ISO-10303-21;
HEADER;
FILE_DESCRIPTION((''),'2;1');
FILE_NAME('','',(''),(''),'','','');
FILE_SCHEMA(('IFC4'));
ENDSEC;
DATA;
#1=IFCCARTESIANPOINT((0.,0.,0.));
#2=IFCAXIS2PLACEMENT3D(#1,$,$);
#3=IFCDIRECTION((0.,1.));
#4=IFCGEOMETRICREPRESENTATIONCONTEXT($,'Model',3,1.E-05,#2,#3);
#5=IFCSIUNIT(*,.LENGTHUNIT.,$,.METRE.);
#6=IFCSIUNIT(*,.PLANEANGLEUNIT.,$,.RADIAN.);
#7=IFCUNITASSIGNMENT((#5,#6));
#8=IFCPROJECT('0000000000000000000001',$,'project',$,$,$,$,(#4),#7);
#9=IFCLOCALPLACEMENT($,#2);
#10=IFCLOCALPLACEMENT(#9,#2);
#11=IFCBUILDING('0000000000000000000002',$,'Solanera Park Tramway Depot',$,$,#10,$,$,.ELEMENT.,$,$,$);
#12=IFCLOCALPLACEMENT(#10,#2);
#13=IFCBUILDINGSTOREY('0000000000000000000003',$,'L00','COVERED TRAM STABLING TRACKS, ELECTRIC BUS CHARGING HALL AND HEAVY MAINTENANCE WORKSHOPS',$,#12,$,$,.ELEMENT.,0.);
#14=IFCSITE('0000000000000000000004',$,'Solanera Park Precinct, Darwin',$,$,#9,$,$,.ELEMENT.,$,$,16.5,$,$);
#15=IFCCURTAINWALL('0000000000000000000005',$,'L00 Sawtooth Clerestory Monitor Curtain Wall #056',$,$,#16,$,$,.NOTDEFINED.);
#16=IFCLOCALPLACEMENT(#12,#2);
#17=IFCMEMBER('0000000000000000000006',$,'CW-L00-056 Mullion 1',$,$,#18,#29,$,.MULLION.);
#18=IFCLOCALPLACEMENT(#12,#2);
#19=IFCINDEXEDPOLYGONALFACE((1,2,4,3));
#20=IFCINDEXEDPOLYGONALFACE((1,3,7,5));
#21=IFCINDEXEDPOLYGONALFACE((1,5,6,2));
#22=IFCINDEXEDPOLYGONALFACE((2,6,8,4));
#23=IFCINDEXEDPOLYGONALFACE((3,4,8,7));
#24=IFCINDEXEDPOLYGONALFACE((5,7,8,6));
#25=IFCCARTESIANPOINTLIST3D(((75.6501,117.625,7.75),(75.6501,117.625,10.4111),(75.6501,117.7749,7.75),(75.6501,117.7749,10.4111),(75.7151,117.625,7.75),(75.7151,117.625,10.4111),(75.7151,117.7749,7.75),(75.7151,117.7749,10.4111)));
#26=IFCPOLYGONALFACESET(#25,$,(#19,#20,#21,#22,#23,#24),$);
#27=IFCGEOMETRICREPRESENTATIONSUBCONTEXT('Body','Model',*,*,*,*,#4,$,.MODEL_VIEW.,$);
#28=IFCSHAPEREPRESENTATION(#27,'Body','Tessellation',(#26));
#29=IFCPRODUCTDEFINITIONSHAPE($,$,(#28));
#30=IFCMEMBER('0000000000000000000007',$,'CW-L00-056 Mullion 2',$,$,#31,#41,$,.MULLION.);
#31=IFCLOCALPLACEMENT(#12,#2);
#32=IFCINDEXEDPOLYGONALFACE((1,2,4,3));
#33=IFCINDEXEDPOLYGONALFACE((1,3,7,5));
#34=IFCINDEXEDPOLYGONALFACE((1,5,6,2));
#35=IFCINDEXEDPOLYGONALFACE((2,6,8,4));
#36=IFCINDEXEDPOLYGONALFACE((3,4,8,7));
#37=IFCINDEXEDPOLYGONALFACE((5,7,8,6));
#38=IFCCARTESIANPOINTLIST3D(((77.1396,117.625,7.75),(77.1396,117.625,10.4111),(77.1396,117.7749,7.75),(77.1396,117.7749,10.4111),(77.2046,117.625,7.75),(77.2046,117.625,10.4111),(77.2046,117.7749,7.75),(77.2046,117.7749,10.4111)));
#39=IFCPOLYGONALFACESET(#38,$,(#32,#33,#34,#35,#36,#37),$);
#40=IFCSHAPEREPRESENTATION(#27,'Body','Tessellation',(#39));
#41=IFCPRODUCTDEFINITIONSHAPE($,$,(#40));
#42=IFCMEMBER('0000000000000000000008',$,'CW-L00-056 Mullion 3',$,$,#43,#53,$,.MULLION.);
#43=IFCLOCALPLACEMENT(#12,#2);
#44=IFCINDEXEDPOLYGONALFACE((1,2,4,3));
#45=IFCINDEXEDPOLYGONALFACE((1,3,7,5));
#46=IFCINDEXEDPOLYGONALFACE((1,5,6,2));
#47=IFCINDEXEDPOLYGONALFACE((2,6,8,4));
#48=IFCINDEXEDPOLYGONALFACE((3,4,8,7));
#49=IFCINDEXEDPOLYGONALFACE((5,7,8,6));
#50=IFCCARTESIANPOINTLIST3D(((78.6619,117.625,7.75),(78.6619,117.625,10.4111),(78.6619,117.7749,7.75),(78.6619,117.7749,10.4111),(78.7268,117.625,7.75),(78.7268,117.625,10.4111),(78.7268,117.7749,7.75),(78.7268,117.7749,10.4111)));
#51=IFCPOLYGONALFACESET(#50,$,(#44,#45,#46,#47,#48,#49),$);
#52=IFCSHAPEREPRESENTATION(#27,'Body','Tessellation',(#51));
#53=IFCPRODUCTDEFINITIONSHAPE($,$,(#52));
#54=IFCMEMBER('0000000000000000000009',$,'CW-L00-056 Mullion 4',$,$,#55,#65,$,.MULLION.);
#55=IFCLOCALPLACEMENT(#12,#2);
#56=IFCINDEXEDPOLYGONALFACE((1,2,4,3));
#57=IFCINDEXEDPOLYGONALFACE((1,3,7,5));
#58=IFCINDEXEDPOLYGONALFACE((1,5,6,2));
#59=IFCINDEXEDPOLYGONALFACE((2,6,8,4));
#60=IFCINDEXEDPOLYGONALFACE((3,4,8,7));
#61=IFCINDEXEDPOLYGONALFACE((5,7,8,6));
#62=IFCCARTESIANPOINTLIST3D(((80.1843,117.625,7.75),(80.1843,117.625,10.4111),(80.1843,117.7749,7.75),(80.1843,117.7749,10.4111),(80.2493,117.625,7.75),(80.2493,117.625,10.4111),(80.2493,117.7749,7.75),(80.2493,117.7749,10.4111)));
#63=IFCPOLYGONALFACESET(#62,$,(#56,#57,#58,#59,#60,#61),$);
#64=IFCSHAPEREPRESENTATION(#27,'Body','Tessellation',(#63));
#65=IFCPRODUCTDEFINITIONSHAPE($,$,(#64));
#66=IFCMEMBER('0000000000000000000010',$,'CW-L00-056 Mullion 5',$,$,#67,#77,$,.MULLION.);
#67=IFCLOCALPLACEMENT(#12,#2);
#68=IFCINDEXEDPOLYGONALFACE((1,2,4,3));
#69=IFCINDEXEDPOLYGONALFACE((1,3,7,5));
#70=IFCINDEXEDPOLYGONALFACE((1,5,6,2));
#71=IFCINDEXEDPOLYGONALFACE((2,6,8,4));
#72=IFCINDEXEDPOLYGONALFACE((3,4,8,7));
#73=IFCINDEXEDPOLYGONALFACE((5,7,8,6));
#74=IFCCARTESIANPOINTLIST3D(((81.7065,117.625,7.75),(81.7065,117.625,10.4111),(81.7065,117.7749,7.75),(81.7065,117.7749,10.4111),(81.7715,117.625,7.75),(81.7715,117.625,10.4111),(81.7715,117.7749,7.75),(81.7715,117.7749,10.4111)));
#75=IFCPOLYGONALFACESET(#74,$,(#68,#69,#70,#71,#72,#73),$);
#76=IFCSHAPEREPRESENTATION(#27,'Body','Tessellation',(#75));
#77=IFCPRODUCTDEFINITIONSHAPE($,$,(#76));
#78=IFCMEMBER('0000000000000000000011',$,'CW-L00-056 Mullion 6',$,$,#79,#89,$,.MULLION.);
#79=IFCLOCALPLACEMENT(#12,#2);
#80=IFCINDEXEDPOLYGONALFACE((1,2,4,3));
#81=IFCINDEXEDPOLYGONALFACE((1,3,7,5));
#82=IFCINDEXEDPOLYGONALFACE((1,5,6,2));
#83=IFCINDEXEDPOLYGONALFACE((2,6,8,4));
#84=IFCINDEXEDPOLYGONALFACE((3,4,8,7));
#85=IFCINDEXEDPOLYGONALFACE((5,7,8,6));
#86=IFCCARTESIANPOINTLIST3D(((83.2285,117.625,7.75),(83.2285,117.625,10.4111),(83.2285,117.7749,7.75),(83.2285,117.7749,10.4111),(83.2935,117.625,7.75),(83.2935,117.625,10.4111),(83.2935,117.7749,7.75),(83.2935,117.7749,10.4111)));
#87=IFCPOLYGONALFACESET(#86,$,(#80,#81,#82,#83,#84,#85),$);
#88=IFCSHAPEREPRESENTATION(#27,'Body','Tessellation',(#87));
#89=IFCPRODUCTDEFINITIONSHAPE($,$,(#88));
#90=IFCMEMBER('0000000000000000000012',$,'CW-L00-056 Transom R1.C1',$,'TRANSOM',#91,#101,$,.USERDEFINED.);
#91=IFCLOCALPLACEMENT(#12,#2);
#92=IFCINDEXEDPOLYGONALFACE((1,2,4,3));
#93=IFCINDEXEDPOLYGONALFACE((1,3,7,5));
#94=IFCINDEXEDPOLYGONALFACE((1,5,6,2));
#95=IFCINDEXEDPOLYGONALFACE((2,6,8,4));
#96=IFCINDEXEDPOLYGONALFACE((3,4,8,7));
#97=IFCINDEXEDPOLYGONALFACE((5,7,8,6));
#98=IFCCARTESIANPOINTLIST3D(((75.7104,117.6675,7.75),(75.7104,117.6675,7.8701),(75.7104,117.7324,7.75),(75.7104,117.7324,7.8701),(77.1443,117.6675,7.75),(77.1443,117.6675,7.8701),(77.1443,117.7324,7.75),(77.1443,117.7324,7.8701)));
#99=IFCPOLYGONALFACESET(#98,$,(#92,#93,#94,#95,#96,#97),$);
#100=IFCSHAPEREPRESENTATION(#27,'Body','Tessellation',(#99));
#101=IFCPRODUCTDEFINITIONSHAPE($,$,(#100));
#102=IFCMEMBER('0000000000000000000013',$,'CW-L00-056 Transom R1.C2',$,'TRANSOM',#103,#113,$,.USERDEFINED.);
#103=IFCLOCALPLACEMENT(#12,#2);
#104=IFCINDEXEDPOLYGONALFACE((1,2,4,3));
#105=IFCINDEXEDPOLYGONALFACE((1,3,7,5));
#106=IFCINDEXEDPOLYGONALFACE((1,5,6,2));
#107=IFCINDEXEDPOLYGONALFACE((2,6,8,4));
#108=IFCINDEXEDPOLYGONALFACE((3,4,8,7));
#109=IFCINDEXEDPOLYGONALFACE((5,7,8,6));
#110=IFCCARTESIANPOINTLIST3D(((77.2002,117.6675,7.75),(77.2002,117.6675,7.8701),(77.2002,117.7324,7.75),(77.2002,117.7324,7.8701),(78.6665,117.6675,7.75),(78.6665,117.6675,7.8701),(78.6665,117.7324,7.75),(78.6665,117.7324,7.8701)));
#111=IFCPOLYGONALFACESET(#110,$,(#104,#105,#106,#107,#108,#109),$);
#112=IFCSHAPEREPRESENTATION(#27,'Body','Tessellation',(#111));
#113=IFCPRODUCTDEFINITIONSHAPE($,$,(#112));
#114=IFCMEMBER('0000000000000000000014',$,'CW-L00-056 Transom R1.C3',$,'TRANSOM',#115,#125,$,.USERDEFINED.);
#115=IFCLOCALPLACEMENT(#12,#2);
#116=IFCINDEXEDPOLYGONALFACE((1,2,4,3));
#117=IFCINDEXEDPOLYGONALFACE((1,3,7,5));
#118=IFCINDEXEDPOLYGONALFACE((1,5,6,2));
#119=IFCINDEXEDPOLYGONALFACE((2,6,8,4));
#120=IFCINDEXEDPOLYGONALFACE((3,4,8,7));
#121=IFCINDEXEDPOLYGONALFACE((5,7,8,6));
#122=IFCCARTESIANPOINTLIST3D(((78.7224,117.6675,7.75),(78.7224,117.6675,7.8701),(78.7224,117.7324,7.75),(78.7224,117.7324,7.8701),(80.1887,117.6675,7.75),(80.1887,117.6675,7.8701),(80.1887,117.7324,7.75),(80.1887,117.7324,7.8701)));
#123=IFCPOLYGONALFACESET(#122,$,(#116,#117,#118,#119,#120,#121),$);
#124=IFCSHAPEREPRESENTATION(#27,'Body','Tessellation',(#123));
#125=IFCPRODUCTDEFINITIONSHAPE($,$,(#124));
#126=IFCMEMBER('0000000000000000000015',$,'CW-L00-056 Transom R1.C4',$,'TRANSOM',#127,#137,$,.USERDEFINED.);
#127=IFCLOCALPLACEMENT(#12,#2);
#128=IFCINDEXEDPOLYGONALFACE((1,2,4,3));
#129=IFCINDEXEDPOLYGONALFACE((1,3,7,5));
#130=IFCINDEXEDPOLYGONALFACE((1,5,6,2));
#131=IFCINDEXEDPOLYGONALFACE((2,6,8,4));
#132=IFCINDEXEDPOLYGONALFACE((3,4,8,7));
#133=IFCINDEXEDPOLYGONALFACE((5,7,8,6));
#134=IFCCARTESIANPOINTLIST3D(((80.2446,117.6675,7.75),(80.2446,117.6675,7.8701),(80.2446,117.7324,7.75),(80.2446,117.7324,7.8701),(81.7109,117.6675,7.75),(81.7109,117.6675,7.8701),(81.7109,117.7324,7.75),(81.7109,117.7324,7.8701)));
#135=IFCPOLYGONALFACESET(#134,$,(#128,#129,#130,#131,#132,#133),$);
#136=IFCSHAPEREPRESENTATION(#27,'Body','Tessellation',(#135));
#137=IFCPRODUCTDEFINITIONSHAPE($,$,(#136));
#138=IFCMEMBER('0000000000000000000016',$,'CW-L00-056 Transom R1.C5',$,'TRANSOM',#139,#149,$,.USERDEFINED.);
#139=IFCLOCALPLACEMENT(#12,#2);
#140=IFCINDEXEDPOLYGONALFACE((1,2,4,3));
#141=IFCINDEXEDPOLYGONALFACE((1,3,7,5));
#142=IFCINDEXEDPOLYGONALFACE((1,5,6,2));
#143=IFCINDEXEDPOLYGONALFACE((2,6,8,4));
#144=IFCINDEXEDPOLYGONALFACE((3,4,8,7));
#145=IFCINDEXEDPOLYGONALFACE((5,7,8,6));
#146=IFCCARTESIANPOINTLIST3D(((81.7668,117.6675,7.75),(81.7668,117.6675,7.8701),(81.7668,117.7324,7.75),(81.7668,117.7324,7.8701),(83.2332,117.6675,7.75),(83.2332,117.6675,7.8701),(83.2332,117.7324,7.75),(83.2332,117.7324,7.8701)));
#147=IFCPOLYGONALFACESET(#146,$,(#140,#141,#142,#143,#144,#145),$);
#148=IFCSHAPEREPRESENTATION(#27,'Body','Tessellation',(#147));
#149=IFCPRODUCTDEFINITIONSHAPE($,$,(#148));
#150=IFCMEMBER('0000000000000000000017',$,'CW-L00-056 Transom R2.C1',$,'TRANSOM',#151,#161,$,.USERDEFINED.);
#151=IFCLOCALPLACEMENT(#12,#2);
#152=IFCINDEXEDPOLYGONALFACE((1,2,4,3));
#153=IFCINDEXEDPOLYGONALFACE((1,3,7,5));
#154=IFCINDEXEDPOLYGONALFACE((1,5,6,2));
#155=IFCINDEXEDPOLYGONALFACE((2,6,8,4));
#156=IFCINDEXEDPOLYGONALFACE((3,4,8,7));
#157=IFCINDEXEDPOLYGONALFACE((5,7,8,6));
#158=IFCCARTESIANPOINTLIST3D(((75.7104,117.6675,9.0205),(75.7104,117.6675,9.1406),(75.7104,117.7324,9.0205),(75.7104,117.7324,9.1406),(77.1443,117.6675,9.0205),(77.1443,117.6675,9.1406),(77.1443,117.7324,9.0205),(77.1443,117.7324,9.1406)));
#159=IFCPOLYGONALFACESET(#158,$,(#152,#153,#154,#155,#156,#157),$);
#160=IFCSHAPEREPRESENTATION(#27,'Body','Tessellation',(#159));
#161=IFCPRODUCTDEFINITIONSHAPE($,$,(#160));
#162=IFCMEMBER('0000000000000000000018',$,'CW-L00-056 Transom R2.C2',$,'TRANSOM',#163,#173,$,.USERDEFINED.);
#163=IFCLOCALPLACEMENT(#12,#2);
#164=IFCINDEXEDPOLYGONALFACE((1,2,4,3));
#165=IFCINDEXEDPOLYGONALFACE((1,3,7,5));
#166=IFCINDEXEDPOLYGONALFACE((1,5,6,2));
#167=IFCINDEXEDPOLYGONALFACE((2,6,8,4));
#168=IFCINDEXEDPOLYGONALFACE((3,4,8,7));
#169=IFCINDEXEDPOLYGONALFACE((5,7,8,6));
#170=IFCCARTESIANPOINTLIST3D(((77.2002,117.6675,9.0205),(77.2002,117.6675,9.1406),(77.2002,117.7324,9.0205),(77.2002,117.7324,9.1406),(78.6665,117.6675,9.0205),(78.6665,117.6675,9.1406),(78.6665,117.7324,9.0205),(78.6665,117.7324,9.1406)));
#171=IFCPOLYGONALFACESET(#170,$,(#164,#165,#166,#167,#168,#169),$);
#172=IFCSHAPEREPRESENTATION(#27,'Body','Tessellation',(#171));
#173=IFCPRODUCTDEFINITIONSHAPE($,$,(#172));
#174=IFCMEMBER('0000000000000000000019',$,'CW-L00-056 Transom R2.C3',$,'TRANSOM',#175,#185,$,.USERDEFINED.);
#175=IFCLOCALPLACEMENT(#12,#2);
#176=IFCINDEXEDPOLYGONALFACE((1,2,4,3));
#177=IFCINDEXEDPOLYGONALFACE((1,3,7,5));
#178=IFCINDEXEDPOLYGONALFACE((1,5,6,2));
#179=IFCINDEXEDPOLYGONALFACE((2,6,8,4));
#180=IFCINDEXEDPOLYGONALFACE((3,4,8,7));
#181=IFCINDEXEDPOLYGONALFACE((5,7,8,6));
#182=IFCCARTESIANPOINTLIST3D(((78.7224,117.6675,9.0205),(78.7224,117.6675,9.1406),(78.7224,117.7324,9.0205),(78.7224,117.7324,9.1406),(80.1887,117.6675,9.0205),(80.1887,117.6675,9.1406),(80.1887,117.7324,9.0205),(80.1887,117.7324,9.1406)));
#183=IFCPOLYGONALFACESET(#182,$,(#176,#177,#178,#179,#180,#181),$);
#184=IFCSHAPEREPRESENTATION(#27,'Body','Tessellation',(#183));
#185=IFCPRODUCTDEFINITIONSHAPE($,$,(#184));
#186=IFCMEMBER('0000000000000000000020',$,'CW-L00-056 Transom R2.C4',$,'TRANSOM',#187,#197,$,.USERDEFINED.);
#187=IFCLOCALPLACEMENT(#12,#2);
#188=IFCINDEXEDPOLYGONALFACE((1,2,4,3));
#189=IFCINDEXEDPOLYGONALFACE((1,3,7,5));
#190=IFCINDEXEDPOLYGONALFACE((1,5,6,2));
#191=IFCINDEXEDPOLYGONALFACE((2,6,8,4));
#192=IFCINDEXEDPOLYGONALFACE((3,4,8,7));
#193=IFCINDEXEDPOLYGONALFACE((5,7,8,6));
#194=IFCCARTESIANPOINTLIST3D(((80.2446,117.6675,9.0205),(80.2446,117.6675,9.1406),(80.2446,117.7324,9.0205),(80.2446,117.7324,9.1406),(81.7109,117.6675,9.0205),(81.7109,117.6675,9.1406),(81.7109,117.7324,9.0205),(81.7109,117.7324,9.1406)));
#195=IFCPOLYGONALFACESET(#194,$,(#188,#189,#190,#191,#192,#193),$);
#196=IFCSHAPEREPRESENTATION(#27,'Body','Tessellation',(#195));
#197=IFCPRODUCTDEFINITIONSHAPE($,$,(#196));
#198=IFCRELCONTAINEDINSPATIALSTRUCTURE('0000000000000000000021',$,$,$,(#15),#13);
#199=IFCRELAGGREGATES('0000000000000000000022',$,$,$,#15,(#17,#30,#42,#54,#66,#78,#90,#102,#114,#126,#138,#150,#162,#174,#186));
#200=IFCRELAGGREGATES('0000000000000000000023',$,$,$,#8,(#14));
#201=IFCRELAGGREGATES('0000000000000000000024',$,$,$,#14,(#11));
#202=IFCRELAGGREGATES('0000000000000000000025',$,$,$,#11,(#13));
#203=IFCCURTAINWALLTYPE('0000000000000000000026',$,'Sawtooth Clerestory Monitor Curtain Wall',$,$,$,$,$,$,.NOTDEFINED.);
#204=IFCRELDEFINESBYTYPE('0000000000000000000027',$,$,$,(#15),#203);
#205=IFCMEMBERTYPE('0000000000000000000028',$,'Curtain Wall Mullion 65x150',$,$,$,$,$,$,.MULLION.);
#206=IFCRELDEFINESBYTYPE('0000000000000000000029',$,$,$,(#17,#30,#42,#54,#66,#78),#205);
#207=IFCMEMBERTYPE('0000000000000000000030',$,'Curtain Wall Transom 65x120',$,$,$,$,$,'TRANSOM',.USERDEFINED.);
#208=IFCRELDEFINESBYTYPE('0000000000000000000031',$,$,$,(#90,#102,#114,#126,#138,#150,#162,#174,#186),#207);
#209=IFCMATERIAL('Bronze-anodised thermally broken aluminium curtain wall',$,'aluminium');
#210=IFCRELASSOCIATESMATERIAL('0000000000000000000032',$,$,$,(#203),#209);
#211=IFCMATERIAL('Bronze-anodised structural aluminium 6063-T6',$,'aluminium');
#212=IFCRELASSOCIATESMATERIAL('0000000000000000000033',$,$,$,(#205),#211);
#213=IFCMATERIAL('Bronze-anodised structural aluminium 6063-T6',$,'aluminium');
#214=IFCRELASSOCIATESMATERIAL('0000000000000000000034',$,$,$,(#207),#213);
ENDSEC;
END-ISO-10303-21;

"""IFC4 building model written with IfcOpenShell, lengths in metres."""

from ifc_helpers import new_model, si_unit, direction, frame, origin, origin_2d, place, context, subcontext, project, spatial, rectangle, extrude, material, material_profile, profile_set, type_object, element, aggregate, save


model = new_model("IFC4")

# Units and contexts
model_context = context("Model", 3, precision=1e-05, world=origin(), true_north=direction((0.0, 1.0)))
body_context = subcontext(model_context, "Body", "Model", "MODEL_VIEW")
ifc_project = project(units=[si_unit("LENGTHUNIT", "METRE"), si_unit("PLANEANGLEUNIT", "RADIAN")], contexts=[model_context])

# Site, building, storey
site_placement = place(None, origin())
site = spatial("IfcSite", under=ifc_project, at=site_placement, Name="Solanera Park Precinct, Darwin", CompositionType="ELEMENT", RefElevation=16.5)
building_placement = place(site_placement, origin())
building = spatial("IfcBuilding", under=site, at=building_placement, Name="Solanera Park Tramway Depot", CompositionType="ELEMENT")
storey_placement = place(building_placement, origin())
storey = spatial("IfcBuildingStorey", under=building, at=storey_placement, Name="L00", Description="COVERED TRAM STABLING TRACKS, ELECTRIC BUS CHARGING HALL AND HEAVY MAINTENANCE WORKSHOPS", CompositionType="ELEMENT", Elevation=0.0)

# Curtain wall, members
ifc_material_1 = material(Name="Bronze-anodised thermally broken aluminium curtain wall", Category="aluminium")
curtain_wall_type = type_object("IfcCurtainWallType", Name="Sawtooth Clerestory Monitor Curtain Wall", PredefinedType="NOTDEFINED", material=ifc_material_1)
curtain_wall_placement = place(storey_placement, origin())
curtain_wall = element("IfcCurtainWall", 1, at=curtain_wall_placement, inside=storey, type_object=curtain_wall_type, Name="L00 Sawtooth Clerestory Monitor Curtain Wall #056", PredefinedType="NOTDEFINED")
ifc_material_2 = material(Name="Bronze-anodised structural aluminium 6063-T6", Category="aluminium")
ifc_material_profile_1 = material_profile(ifc_material_2, rectangle(XDim=0.0649, YDim=0.1499, at=origin_2d()), Name="Curtain Wall Mullion 65x150")
ifc_profile_set_1 = profile_set([ifc_material_profile_1], Name="Bronze-anodised structural aluminium 6063-T6")
member_type_1 = type_object("IfcMemberType", Name="Curtain Wall Mullion 65x150", PredefinedType="MULLION", material=ifc_profile_set_1)
member_1_placement = place(storey_placement, frame((75.6826, 117.7, 7.75), z_axis=(0.0, 0.0, 1.0), x_axis=(1.0, 0.0, 0.0)))
member_1 = element("IfcMember", 2, at=member_1_placement, type_object=member_type_1, Name="CW-L00-056 Mullion 1", PredefinedType="MULLION", context=body_context, shape_type="SweptSolid", body=[
    extrude(rectangle(XDim=0.0649, YDim=0.1499, at=origin_2d()), origin(), (0.0, 0.0, 1.0), 2.6611),
])
member_2_placement = place(storey_placement, frame((77.1721, 117.7, 7.75), z_axis=(0.0, 0.0, 1.0), x_axis=(1.0, 0.0, 0.0)))
member_2 = element("IfcMember", 3, at=member_2_placement, type_object=member_type_1, Name="CW-L00-056 Mullion 2", PredefinedType="MULLION", context=body_context, shape_type="SweptSolid", body=[
    extrude(rectangle(XDim=0.0649, YDim=0.1499, at=origin_2d()), origin(), (0.0, 0.0, 1.0), 2.6611),
])
member_3_placement = place(storey_placement, frame((78.6943, 117.7, 7.75), z_axis=(0.0, 0.0, 1.0), x_axis=(1.0, 0.0, 0.0)))
member_3 = element("IfcMember", 4, at=member_3_placement, type_object=member_type_1, Name="CW-L00-056 Mullion 3", PredefinedType="MULLION", context=body_context, shape_type="SweptSolid", body=[
    extrude(rectangle(XDim=0.0649, YDim=0.1499, at=origin_2d()), origin(), (0.0, 0.0, 1.0), 2.6611),
])
member_4_placement = place(storey_placement, frame((80.2168, 117.7, 7.75), z_axis=(0.0, 0.0, 1.0), x_axis=(1.0, 0.0, 0.0)))
member_4 = element("IfcMember", 5, at=member_4_placement, type_object=member_type_1, Name="CW-L00-056 Mullion 4", PredefinedType="MULLION", context=body_context, shape_type="SweptSolid", body=[
    extrude(rectangle(XDim=0.0649, YDim=0.1499, at=origin_2d()), origin(), (0.0, 0.0, 1.0), 2.6611),
])
member_5_placement = place(storey_placement, frame((81.739, 117.7, 7.75), z_axis=(0.0, 0.0, 1.0), x_axis=(1.0, 0.0, 0.0)))
member_5 = element("IfcMember", 6, at=member_5_placement, type_object=member_type_1, Name="CW-L00-056 Mullion 5", PredefinedType="MULLION", context=body_context, shape_type="SweptSolid", body=[
    extrude(rectangle(XDim=0.0649, YDim=0.1499, at=origin_2d()), origin(), (0.0, 0.0, 1.0), 2.6611),
])
member_6_placement = place(storey_placement, frame((83.261, 117.7, 7.75), z_axis=(0.0, 0.0, 1.0), x_axis=(1.0, 0.0, 0.0)))
member_6 = element("IfcMember", 7, at=member_6_placement, type_object=member_type_1, Name="CW-L00-056 Mullion 6", PredefinedType="MULLION", context=body_context, shape_type="SweptSolid", body=[
    extrude(rectangle(XDim=0.0649, YDim=0.1499, at=origin_2d()), origin(), (0.0, 0.0, 1.0), 2.6611),
])
ifc_material_3 = material(Name="Bronze-anodised structural aluminium 6063-T6", Category="aluminium")
ifc_material_profile_2 = material_profile(ifc_material_3, rectangle(XDim=0.0649, YDim=0.1201, at=origin_2d()), Name="Curtain Wall Transom 65x120")
ifc_profile_set_2 = profile_set([ifc_material_profile_2], Name="Bronze-anodised structural aluminium 6063-T6")
member_type_2 = type_object("IfcMemberType", Name="Curtain Wall Transom 65x120", ElementType="TRANSOM", PredefinedType="USERDEFINED", material=ifc_profile_set_2)
member_7_placement = place(storey_placement, frame((75.7104, 117.7, 7.8101), z_axis=(1.0, 0.0, 0.0), x_axis=(0.0, 1.0, 0.0)))
member_7 = element("IfcMember", 8, at=member_7_placement, type_object=member_type_2, Name="CW-L00-056 Transom R1.C1", ObjectType="TRANSOM", PredefinedType="USERDEFINED", context=body_context, shape_type="SweptSolid", body=[
    extrude(rectangle(XDim=0.0649, YDim=0.1201, at=origin_2d()), origin(), (0.0, 0.0, 1.0), 1.4338),
])
member_8_placement = place(storey_placement, frame((77.2002, 117.7, 7.8101), z_axis=(1.0, 0.0, 0.0), x_axis=(0.0, 1.0, 0.0)))
member_8 = element("IfcMember", 9, at=member_8_placement, type_object=member_type_2, Name="CW-L00-056 Transom R1.C2", ObjectType="TRANSOM", PredefinedType="USERDEFINED", context=body_context, shape_type="SweptSolid", body=[
    extrude(rectangle(XDim=0.0649, YDim=0.1201, at=origin_2d()), origin(), (0.0, 0.0, 1.0), 1.4663),
])
member_9_placement = place(storey_placement, frame((78.7224, 117.7, 7.8101), z_axis=(1.0, 0.0, 0.0), x_axis=(0.0, 1.0, 0.0)))
member_9 = element("IfcMember", 10, at=member_9_placement, type_object=member_type_2, Name="CW-L00-056 Transom R1.C3", ObjectType="TRANSOM", PredefinedType="USERDEFINED", context=body_context, shape_type="SweptSolid", body=[
    extrude(rectangle(XDim=0.0649, YDim=0.1201, at=origin_2d()), origin(), (0.0, 0.0, 1.0), 1.4663),
])
member_10_placement = place(storey_placement, frame((80.2446, 117.7, 7.8101), z_axis=(1.0, 0.0, 0.0), x_axis=(0.0, 1.0, 0.0)))
member_10 = element("IfcMember", 11, at=member_10_placement, type_object=member_type_2, Name="CW-L00-056 Transom R1.C4", ObjectType="TRANSOM", PredefinedType="USERDEFINED", context=body_context, shape_type="SweptSolid", body=[
    extrude(rectangle(XDim=0.0649, YDim=0.1201, at=origin_2d()), origin(), (0.0, 0.0, 1.0), 1.4663),
])
member_11_placement = place(storey_placement, frame((81.7668, 117.7, 7.8101), z_axis=(1.0, 0.0, 0.0), x_axis=(0.0, 1.0, 0.0)))
member_11 = element("IfcMember", 12, at=member_11_placement, type_object=member_type_2, Name="CW-L00-056 Transom R1.C5", ObjectType="TRANSOM", PredefinedType="USERDEFINED", context=body_context, shape_type="SweptSolid", body=[
    extrude(rectangle(XDim=0.0649, YDim=0.1201, at=origin_2d()), origin(), (0.0, 0.0, 1.0), 1.4663),
])
member_12_placement = place(storey_placement, frame((75.7104, 117.7, 9.0806), z_axis=(1.0, 0.0, 0.0), x_axis=(0.0, 1.0, 0.0)))
member_12 = element("IfcMember", 13, at=member_12_placement, type_object=member_type_2, Name="CW-L00-056 Transom R2.C1", ObjectType="TRANSOM", PredefinedType="USERDEFINED", context=body_context, shape_type="SweptSolid", body=[
    extrude(rectangle(XDim=0.0649, YDim=0.1201, at=origin_2d()), origin(), (0.0, 0.0, 1.0), 1.4338),
])
member_13_placement = place(storey_placement, frame((77.2002, 117.7, 9.0806), z_axis=(1.0, 0.0, 0.0), x_axis=(0.0, 1.0, 0.0)))
member_13 = element("IfcMember", 14, at=member_13_placement, type_object=member_type_2, Name="CW-L00-056 Transom R2.C2", ObjectType="TRANSOM", PredefinedType="USERDEFINED", context=body_context, shape_type="SweptSolid", body=[
    extrude(rectangle(XDim=0.0649, YDim=0.1201, at=origin_2d()), origin(), (0.0, 0.0, 1.0), 1.4663),
])
member_14_placement = place(storey_placement, frame((78.7224, 117.7, 9.0806), z_axis=(1.0, 0.0, 0.0), x_axis=(0.0, 1.0, 0.0)))
member_14 = element("IfcMember", 15, at=member_14_placement, type_object=member_type_2, Name="CW-L00-056 Transom R2.C3", ObjectType="TRANSOM", PredefinedType="USERDEFINED", context=body_context, shape_type="SweptSolid", body=[
    extrude(rectangle(XDim=0.0649, YDim=0.1201, at=origin_2d()), origin(), (0.0, 0.0, 1.0), 1.4663),
])
member_15_placement = place(storey_placement, frame((80.2446, 117.7, 9.0806), z_axis=(1.0, 0.0, 0.0), x_axis=(0.0, 1.0, 0.0)))
member_15 = element("IfcMember", 16, at=member_15_placement, type_object=member_type_2, Name="CW-L00-056 Transom R2.C4", ObjectType="TRANSOM", PredefinedType="USERDEFINED", context=body_context, shape_type="SweptSolid", body=[
    extrude(rectangle(XDim=0.0649, YDim=0.1201, at=origin_2d()), origin(), (0.0, 0.0, 1.0), 1.4663),
])

aggregate(curtain_wall, [member_1, member_2, member_3, member_4, member_5, member_6, member_7, member_8, member_9, member_10, member_11, member_12, member_13, member_14, member_15])

save(model, "model.ifc")
